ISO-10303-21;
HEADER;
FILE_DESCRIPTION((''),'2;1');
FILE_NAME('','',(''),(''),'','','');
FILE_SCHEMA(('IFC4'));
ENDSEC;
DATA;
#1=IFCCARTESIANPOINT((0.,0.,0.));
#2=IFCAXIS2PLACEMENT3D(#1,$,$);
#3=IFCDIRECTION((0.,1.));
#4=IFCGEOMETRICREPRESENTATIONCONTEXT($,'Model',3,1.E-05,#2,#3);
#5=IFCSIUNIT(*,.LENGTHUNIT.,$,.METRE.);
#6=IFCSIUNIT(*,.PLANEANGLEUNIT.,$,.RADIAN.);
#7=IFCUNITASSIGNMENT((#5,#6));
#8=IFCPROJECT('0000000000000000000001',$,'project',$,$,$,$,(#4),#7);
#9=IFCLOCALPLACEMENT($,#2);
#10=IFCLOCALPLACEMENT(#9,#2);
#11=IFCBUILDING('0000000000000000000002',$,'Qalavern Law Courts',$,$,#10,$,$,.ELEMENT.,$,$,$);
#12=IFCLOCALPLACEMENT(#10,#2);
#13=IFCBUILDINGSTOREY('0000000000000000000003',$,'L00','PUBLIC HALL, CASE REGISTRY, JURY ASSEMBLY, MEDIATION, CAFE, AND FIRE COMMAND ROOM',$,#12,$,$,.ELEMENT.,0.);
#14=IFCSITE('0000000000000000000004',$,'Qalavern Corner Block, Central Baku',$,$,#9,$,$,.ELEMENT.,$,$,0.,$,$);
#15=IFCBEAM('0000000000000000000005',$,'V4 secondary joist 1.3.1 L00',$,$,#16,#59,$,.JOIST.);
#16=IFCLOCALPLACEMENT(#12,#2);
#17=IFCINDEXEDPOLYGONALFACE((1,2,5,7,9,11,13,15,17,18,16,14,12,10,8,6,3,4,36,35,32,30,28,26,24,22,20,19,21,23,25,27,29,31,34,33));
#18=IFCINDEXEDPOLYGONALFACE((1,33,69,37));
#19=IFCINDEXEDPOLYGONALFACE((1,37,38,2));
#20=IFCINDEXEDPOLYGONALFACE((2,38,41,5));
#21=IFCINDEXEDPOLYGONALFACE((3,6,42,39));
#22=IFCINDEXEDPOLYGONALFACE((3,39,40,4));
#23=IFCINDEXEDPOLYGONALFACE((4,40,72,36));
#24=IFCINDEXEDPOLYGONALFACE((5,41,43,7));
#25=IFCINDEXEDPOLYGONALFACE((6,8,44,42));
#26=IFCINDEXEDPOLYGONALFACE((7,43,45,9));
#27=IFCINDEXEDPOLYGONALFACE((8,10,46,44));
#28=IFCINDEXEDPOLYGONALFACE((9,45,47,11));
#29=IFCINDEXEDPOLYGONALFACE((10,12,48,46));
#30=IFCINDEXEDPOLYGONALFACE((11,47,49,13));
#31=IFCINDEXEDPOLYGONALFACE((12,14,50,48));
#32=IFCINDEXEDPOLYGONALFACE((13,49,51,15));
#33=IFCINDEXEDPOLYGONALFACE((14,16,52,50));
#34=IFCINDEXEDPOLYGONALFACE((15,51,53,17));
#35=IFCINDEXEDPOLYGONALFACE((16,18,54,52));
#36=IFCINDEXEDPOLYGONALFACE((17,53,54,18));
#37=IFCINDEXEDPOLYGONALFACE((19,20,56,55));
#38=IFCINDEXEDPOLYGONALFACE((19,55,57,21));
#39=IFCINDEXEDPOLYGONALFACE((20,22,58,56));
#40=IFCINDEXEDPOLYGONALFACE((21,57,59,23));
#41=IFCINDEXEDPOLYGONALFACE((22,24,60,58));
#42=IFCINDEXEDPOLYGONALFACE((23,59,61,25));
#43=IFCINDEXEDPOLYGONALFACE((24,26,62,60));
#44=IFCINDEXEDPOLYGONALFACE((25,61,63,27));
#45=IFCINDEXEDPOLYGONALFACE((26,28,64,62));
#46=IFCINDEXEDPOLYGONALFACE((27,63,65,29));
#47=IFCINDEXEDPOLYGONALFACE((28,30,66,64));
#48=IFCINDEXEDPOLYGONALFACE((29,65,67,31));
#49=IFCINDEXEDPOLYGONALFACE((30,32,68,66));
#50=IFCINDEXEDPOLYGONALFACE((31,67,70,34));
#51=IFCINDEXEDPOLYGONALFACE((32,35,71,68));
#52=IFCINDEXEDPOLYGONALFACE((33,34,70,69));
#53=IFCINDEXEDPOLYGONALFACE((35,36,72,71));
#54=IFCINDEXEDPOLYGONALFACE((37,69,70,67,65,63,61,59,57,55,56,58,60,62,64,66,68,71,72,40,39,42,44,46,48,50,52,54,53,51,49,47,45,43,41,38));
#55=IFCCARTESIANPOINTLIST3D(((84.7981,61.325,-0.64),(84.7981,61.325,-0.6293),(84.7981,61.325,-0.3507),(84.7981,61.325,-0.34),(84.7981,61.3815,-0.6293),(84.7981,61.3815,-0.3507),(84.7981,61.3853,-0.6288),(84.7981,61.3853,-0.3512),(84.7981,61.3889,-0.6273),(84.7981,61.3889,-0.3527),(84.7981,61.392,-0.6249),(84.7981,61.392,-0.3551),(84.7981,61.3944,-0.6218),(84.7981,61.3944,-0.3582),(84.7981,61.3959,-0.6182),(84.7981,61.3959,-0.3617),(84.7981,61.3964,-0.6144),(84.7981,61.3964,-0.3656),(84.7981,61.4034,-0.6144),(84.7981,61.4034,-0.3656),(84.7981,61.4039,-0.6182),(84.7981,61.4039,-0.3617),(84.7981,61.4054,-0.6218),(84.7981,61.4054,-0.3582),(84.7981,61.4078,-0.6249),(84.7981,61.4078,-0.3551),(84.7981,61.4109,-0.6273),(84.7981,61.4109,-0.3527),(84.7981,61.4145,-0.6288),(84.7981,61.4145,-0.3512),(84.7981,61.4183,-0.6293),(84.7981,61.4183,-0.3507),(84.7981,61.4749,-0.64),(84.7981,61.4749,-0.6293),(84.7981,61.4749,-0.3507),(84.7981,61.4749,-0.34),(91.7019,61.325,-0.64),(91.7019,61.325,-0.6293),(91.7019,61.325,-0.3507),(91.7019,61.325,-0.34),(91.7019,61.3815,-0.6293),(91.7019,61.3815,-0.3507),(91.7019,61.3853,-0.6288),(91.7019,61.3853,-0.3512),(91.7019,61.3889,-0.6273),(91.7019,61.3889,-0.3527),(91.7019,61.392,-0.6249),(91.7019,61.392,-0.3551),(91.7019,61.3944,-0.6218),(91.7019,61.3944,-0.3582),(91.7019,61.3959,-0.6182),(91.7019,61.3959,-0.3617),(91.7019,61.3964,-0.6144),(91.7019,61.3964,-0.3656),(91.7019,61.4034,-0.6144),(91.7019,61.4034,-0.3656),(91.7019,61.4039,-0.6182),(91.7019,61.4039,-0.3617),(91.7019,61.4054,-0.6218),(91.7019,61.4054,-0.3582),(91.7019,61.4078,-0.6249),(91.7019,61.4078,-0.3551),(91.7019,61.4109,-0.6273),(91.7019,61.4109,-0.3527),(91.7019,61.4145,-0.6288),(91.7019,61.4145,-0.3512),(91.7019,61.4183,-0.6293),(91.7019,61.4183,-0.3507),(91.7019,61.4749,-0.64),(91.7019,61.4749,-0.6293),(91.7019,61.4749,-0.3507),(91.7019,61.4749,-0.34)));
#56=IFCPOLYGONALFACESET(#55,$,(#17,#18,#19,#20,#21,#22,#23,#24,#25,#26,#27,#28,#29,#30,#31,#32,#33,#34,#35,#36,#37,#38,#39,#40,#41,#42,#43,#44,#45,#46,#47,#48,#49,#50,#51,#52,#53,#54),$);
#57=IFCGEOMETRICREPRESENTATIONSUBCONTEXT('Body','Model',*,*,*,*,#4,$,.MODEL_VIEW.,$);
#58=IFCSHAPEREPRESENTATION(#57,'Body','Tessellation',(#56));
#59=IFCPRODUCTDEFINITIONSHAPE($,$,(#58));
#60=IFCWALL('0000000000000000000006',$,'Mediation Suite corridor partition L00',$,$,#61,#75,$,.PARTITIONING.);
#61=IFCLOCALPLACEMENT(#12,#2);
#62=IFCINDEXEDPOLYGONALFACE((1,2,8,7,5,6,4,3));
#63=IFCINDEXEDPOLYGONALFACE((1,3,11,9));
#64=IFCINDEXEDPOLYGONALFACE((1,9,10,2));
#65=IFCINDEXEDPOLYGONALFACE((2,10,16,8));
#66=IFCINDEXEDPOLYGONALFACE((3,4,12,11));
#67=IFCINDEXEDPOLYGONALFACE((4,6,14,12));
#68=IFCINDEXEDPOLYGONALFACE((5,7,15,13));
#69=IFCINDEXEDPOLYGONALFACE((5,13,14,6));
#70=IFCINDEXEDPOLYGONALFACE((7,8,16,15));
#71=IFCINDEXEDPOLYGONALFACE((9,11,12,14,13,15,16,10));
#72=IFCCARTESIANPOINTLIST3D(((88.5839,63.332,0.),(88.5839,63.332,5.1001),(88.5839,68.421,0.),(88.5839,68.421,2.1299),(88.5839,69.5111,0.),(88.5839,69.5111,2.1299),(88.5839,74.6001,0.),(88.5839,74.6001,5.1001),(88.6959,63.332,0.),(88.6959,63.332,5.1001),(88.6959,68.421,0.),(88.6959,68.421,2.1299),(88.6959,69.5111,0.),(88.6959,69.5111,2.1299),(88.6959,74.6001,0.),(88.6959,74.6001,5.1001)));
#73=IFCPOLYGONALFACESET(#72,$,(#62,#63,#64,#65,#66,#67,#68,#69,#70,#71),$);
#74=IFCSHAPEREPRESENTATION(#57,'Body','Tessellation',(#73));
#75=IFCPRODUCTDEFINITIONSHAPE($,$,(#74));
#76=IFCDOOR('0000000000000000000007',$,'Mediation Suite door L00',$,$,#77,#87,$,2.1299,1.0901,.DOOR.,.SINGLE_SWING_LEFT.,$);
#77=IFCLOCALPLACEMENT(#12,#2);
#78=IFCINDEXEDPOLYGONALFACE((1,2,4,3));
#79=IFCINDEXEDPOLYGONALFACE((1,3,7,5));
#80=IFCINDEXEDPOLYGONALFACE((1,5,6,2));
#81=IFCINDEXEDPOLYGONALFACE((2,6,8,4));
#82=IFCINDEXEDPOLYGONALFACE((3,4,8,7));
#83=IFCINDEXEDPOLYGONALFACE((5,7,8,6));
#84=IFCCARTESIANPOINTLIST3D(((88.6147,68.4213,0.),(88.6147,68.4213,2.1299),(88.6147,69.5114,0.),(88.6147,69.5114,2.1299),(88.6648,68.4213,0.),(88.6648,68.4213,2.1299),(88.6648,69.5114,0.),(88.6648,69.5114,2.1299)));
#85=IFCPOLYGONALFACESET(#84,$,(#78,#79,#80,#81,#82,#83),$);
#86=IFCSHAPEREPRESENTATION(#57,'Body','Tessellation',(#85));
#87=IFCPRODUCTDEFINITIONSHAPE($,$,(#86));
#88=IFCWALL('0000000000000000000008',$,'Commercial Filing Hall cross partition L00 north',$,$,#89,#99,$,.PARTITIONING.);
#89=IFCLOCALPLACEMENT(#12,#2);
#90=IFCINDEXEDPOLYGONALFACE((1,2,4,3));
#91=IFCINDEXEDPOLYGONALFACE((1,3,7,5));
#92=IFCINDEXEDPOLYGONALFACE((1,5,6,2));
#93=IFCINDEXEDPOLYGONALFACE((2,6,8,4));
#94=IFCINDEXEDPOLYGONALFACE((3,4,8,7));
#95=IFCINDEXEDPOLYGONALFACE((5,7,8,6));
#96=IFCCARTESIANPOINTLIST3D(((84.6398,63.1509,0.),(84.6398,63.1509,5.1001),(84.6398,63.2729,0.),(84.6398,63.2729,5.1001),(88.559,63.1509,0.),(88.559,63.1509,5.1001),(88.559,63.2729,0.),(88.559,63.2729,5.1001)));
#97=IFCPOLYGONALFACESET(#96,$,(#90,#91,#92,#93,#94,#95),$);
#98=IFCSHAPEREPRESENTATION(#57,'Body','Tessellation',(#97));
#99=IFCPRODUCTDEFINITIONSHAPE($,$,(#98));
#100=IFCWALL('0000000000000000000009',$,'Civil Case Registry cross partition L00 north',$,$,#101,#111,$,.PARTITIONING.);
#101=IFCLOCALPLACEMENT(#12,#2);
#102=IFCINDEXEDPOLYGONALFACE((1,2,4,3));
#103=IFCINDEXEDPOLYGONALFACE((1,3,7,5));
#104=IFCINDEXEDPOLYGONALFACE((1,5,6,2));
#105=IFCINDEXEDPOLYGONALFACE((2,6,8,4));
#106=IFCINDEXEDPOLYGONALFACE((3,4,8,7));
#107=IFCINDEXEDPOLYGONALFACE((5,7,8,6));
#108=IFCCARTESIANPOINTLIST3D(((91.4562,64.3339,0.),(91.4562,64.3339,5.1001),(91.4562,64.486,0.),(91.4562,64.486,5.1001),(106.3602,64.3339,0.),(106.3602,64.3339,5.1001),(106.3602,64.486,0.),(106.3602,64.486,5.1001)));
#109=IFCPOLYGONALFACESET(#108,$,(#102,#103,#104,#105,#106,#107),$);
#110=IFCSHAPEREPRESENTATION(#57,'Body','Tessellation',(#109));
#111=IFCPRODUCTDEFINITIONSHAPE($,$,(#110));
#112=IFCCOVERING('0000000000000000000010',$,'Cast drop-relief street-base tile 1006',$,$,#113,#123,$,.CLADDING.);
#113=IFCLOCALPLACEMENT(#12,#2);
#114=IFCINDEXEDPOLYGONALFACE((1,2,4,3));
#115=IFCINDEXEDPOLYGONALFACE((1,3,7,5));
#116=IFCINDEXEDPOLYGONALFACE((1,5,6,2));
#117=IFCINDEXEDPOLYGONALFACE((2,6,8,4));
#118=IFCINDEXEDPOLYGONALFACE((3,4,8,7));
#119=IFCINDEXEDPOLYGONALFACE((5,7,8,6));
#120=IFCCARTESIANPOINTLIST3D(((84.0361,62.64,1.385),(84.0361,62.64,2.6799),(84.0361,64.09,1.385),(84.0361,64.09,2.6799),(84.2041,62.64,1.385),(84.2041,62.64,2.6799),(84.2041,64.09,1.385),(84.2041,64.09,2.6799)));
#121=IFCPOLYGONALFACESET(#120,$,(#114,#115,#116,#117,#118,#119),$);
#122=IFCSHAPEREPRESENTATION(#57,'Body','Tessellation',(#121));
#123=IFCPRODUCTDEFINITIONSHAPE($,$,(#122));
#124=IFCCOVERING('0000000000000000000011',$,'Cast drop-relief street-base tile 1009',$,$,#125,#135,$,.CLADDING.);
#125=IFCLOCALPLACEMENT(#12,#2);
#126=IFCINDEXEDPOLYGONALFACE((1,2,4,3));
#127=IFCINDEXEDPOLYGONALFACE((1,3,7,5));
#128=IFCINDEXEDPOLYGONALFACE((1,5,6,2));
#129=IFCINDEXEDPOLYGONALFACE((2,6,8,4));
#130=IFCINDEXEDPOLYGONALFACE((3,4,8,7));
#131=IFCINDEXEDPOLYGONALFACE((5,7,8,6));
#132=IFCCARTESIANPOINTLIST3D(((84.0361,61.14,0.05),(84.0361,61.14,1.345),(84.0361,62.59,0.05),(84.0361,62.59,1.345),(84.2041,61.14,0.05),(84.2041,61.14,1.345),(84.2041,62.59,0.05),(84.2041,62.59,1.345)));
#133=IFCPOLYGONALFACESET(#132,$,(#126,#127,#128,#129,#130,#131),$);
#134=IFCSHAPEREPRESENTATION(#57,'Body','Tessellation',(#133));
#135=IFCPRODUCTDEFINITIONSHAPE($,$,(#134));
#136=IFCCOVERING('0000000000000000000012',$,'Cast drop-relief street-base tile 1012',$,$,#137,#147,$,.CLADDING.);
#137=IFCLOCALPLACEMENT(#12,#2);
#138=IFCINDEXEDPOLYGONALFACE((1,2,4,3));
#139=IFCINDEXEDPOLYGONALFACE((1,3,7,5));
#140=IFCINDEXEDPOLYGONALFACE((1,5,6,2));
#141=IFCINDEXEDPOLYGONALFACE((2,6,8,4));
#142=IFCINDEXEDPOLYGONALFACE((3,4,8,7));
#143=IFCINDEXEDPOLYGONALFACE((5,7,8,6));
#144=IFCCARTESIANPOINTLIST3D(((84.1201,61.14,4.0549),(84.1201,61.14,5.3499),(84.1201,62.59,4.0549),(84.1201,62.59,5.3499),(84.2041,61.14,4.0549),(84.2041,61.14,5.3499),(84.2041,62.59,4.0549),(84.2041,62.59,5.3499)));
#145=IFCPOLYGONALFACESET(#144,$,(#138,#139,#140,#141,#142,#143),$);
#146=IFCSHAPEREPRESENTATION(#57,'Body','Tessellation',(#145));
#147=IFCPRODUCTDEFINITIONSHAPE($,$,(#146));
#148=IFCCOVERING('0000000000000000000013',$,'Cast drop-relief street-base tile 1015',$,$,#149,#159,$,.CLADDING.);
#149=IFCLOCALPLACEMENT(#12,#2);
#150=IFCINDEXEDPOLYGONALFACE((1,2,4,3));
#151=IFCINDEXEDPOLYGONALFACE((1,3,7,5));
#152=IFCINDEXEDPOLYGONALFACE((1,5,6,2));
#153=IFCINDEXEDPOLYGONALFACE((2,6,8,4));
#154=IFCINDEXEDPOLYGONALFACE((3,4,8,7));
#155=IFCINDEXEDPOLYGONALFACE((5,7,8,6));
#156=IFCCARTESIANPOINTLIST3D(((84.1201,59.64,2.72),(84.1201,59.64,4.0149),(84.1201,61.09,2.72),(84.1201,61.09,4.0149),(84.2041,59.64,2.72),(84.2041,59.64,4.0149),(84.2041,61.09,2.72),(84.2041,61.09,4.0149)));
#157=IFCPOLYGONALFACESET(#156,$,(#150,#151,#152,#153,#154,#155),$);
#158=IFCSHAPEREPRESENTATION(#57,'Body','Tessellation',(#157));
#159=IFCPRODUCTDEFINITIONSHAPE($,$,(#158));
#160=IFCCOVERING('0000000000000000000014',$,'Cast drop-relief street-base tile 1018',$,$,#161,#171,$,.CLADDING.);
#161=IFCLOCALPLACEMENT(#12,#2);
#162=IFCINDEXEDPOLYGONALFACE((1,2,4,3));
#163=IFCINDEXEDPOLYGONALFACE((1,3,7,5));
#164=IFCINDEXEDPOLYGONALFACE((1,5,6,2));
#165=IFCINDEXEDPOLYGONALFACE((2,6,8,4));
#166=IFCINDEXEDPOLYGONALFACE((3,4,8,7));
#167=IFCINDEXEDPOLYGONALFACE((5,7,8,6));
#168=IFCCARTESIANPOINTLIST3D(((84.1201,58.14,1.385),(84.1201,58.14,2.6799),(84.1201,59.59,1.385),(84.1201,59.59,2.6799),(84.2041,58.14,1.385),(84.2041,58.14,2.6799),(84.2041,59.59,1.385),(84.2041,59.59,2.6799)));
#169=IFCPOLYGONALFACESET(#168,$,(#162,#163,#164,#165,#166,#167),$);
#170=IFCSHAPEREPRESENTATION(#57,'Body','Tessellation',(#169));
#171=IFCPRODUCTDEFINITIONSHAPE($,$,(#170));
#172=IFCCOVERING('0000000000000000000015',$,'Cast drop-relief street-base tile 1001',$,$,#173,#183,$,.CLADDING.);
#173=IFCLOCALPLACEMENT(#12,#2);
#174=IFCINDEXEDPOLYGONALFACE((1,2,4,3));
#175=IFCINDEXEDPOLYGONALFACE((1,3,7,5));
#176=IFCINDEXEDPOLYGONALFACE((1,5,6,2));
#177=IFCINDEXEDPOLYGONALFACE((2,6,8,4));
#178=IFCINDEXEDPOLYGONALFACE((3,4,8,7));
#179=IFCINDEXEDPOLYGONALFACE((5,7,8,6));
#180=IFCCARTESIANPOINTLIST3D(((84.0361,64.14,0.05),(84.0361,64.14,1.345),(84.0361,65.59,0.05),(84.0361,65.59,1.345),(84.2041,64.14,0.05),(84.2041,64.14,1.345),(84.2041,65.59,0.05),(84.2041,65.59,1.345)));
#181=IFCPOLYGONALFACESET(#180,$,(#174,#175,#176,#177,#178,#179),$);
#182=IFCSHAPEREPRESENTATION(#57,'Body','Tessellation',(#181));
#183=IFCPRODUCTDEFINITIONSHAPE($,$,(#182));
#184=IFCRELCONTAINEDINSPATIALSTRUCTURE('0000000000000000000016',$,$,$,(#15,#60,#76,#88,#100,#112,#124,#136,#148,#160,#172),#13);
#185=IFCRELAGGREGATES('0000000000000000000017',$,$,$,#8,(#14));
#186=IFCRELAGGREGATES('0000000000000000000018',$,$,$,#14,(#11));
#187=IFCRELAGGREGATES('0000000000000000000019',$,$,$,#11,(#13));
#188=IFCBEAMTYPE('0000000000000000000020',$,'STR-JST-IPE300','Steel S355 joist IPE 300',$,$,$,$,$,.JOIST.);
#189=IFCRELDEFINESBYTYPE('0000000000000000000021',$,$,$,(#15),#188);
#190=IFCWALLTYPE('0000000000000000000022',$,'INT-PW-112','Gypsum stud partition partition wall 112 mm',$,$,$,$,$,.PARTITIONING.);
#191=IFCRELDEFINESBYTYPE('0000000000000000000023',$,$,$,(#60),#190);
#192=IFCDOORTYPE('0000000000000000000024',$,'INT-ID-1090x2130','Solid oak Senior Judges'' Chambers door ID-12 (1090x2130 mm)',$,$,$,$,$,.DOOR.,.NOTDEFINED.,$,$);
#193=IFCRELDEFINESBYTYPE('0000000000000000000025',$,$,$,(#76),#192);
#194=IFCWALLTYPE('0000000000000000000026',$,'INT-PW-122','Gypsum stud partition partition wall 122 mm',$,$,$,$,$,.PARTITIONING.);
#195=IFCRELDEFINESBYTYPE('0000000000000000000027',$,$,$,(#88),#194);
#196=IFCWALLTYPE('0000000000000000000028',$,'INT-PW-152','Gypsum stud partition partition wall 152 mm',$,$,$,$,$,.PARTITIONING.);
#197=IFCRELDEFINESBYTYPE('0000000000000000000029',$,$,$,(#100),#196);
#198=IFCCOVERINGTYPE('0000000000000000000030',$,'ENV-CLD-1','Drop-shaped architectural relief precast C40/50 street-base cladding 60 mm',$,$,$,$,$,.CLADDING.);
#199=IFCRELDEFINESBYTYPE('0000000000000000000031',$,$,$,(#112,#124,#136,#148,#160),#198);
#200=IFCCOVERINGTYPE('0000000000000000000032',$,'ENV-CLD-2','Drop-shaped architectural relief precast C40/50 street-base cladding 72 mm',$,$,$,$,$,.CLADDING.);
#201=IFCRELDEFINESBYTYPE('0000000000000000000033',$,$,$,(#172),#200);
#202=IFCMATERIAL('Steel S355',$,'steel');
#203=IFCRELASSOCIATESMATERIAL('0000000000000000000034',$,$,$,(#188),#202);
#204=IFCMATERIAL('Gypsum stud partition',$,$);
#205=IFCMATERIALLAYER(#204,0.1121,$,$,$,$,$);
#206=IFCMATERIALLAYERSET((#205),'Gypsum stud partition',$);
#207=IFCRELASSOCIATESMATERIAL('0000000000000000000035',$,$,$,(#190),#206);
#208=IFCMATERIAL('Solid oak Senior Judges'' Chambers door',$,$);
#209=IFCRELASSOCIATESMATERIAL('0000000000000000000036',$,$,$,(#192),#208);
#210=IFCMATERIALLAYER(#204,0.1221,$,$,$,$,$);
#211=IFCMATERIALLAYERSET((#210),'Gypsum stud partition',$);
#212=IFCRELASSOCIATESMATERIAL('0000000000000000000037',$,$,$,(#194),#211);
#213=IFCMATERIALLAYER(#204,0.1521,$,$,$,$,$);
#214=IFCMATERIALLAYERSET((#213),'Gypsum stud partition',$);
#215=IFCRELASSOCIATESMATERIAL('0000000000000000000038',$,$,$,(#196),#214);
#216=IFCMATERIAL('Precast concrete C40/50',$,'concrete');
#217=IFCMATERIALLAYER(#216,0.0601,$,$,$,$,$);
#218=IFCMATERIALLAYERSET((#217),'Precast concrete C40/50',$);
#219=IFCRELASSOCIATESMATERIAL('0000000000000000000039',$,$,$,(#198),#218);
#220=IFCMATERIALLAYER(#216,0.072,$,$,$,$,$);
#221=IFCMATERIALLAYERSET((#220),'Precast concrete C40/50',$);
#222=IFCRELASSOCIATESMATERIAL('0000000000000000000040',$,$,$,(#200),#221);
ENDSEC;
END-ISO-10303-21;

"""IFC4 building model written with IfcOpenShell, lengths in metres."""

from ifc_helpers import new_model, si_unit, direction, frame, frame_2d, origin, origin_2d, place, context, subcontext, project, spatial, rectangle, i_section, extrude, material, layer, layer_set, material_profile, profile_set, type_object, element, fill, save


model = new_model("IFC4")

# Units and contexts
model_context = context("Model", 3, precision=1e-05, world=origin(), true_north=direction((0.0, 1.0)))
body_context = subcontext(model_context, "Body", "Model", "MODEL_VIEW")
ifc_project = project(units=[si_unit("LENGTHUNIT", "METRE"), si_unit("PLANEANGLEUNIT", "RADIAN")], contexts=[model_context])

# Site, building, storey
site_placement = place(None, origin())
site = spatial("IfcSite", under=ifc_project, at=site_placement, Name="Qalavern Corner Block, Central Baku", CompositionType="ELEMENT", RefElevation=0.0)
building_placement = place(site_placement, origin())
building = spatial("IfcBuilding", under=site, at=building_placement, Name="Qalavern Law Courts", CompositionType="ELEMENT")
storey_placement = place(building_placement, origin())
storey = spatial("IfcBuildingStorey", under=building, at=storey_placement, Name="L00", Description="PUBLIC HALL, CASE REGISTRY, JURY ASSEMBLY, MEDIATION, CAFE, AND FIRE COMMAND ROOM", CompositionType="ELEMENT", Elevation=0.0)

# Beam
ifc_material_1 = material(Name="Steel S355", Category="steel")
ifc_material_profile = material_profile(ifc_material_1, i_section(OverallWidth=0.1499, OverallDepth=0.3, WebThickness=0.0071, FlangeThickness=0.0107, FilletRadius=0.0149, at=origin_2d()), Name="IPE 300")
ifc_profile_set = profile_set([ifc_material_profile], Name="Steel S355")
beam_type = type_object("IfcBeamType", Name="STR-JST-IPE300", Description="Steel S355 joist IPE 300", PredefinedType="JOIST", material=ifc_profile_set)
beam_placement = place(storey_placement, frame((84.7981, 61.3999, -0.49), z_axis=(1.0, 0.0, 0.0), x_axis=(0.0, 1.0, 0.0)))
element("IfcBeam", 1, at=beam_placement, inside=storey, type_object=beam_type, Name="V4 secondary joist 1.3.1 L00", PredefinedType="JOIST", context=body_context, shape_type="SweptSolid", body=[
    extrude(i_section(OverallWidth=0.1499, OverallDepth=0.3, WebThickness=0.0071, FlangeThickness=0.0107, FilletRadius=0.0149, at=origin_2d()), origin(), (0.0, 0.0, 1.0), 6.9038),
])

# Wall, opening, door
ifc_material_2 = material(Name="Gypsum stud partition")
ifc_layer_1 = layer(ifc_material_2, 0.1121)
ifc_layer_set_1 = layer_set([ifc_layer_1], Name="Gypsum stud partition")
wall_type_1 = type_object("IfcWallType", Name="INT-PW-112", Description="Gypsum stud partition partition wall 112 mm", PredefinedType="PARTITIONING", material=ifc_layer_set_1)
wall_1_placement = place(storey_placement, frame((88.6399, 63.332, 0.0), z_axis=(0.0, 0.0, 1.0), x_axis=(0.0, 1.0, 0.0)))
wall_1 = element("IfcWall", 2, at=wall_1_placement, inside=storey, type_object=wall_type_1, Name="Mediation Suite corridor partition L00", PredefinedType="PARTITIONING", context=body_context, shape_type="SweptSolid", body=[
    extrude(rectangle(XDim=11.2681, YDim=0.1121, at=frame_2d((5.634, 0.0))), origin(), (0.0, 0.0, 1.0), 5.1001),
])
opening_placement = place(wall_1_placement, frame((5.0891, 0.0, 0.0)))
opening = element("IfcOpeningElement", 3, at=opening_placement, cuts=wall_1, PredefinedType="OPENING", context=body_context, shape_type="SweptSolid", body=[
    extrude(rectangle(XDim=1.0901, YDim=2.1299, at=frame_2d((0.5449, 1.0649))), frame((0.0, 0.0708, 0.0), z_axis=(0.0, -1.0, 0.0), x_axis=(1.0, 0.0, 0.0)), (0.0, 0.0, 1.0), 0.1418),
])
ifc_material_3 = material(Name="Solid oak Senior Judges' Chambers door")
door_type = type_object("IfcDoorType", Name="INT-ID-1090x2130", Description="Solid oak Senior Judges' Chambers door ID-12 (1090x2130 mm)", OperationType="NOTDEFINED", PredefinedType="DOOR", material=ifc_material_3)
door_placement = place(opening_placement, frame((1.0901, 0.0, 0.0), z_axis=(0.0, 0.0, 1.0), x_axis=(-1.0, 0.0, 0.0)))
door = element("IfcDoor", 4, at=door_placement, inside=storey, type_object=door_type, Name="Mediation Suite door L00", OperationType="SINGLE_SWING_LEFT", OverallHeight=2.1299, OverallWidth=1.0901, PredefinedType="DOOR", context=body_context, shape_type="SweptSolid", body=[
    extrude(rectangle(XDim=1.0901, YDim=2.1299, at=frame_2d((0.5449, 1.0649))), frame((0.0, 0.0249, 0.0), z_axis=(0.0, -1.0, 0.0), x_axis=(1.0, 0.0, 0.0)), (0.0, 0.0, 1.0), 0.05),
])
fill(opening, door)

# Walls
ifc_layer_2 = layer(ifc_material_2, 0.1221)
ifc_layer_set_2 = layer_set([ifc_layer_2], Name="Gypsum stud partition")
wall_type_2 = type_object("IfcWallType", Name="INT-PW-122", Description="Gypsum stud partition partition wall 122 mm", PredefinedType="PARTITIONING", material=ifc_layer_set_2)
wall_2_placement = place(storey_placement, frame((84.6399, 63.2119, 0.0), z_axis=(0.0, 0.0, 1.0), x_axis=(1.0, 0.0, 0.0)))
element("IfcWall", 5, at=wall_2_placement, inside=storey, type_object=wall_type_2, Name="Commercial Filing Hall cross partition L00 north", PredefinedType="PARTITIONING", context=body_context, shape_type="SweptSolid", body=[
    extrude(rectangle(XDim=3.9192, YDim=0.1221, at=frame_2d((1.9595, 0.0))), origin(), (0.0, 0.0, 1.0), 5.1001),
])
ifc_layer_3 = layer(ifc_material_2, 0.1521)
ifc_layer_set_3 = layer_set([ifc_layer_3], Name="Gypsum stud partition")
wall_type_3 = type_object("IfcWallType", Name="INT-PW-152", Description="Gypsum stud partition partition wall 152 mm", PredefinedType="PARTITIONING", material=ifc_layer_set_3)
wall_3_placement = place(storey_placement, frame((91.4561, 64.4099, 0.0), z_axis=(0.0, 0.0, 1.0), x_axis=(1.0, 0.0, 0.0)))
element("IfcWall", 6, at=wall_3_placement, inside=storey, type_object=wall_type_3, Name="Civil Case Registry cross partition L00 north", PredefinedType="PARTITIONING", context=body_context, shape_type="SweptSolid", body=[
    extrude(rectangle(XDim=14.9041, YDim=0.1521, at=frame_2d((7.4521, 0.0))), origin(), (0.0, 0.0, 1.0), 5.1001),
])

# Coverings
ifc_material_4 = material(Name="Precast concrete C40/50", Category="concrete")
ifc_layer_4 = layer(ifc_material_4, 0.0601)
ifc_layer_set_4 = layer_set([ifc_layer_4], Name="Precast concrete C40/50")
covering_type_1 = type_object("IfcCoveringType", Name="ENV-CLD-1", Description="Drop-shaped architectural relief precast C40/50 street-base cladding 60 mm", PredefinedType="CLADDING", material=ifc_layer_set_4)
for number, where, z_axis, x_axis, name in (
    (7, (84.1201, 63.365, 1.385), (0.0, 0.0, 1.0), (0.0, -1.0, 0.0), "Cast drop-relief street-base tile 1006"),
    (8, (84.1201, 61.865, 0.05), (0.0, 0.0, 1.0), (0.0, -1.0, 0.0), "Cast drop-relief street-base tile 1009"),
):
    element("IfcCovering", number, at=place(storey_placement, frame(where, z_axis=z_axis, x_axis=x_axis)), inside=storey, type_object=covering_type_1, Name=name, PredefinedType="CLADDING", context=body_context, shape_type="SweptSolid", body=[
        extrude(rectangle(XDim=1.45, YDim=0.168, at=origin_2d()), origin(), (0.0, 0.0, 1.0), 1.2949),
    ])
for number, where, z_axis, x_axis, name in (
    (9, (84.1621, 61.865, 4.0549), (0.0, 0.0, 1.0), (0.0, -1.0, 0.0), "Cast drop-relief street-base tile 1012"),
    (10, (84.1621, 60.365, 2.72), (0.0, 0.0, 1.0), (0.0, -1.0, 0.0), "Cast drop-relief street-base tile 1015"),
    (11, (84.1621, 58.865, 1.385), (0.0, 0.0, 1.0), (0.0, -1.0, 0.0), "Cast drop-relief street-base tile 1018"),
):
    element("IfcCovering", number, at=place(storey_placement, frame(where, z_axis=z_axis, x_axis=x_axis)), inside=storey, type_object=covering_type_1, Name=name, PredefinedType="CLADDING", context=body_context, shape_type="SweptSolid", body=[
        extrude(rectangle(XDim=1.45, YDim=0.084, at=origin_2d()), origin(), (0.0, 0.0, 1.0), 1.2949),
    ])
ifc_layer_5 = layer(ifc_material_4, 0.072)
ifc_layer_set_5 = layer_set([ifc_layer_5], Name="Precast concrete C40/50")
covering_type_2 = type_object("IfcCoveringType", Name="ENV-CLD-2", Description="Drop-shaped architectural relief precast C40/50 street-base cladding 72 mm", PredefinedType="CLADDING", material=ifc_layer_set_5)
covering_1_placement = place(storey_placement, frame((84.1201, 64.865, 0.05), z_axis=(0.0, 0.0, 1.0), x_axis=(0.0, -1.0, 0.0)))
element("IfcCovering", 12, at=covering_1_placement, inside=storey, type_object=covering_type_2, Name="Cast drop-relief street-base tile 1001", PredefinedType="CLADDING", context=body_context, shape_type="SweptSolid", body=[
    extrude(rectangle(XDim=1.45, YDim=0.168, at=origin_2d()), origin(), (0.0, 0.0, 1.0), 1.2949),
])

save(model, "model.ifc")
